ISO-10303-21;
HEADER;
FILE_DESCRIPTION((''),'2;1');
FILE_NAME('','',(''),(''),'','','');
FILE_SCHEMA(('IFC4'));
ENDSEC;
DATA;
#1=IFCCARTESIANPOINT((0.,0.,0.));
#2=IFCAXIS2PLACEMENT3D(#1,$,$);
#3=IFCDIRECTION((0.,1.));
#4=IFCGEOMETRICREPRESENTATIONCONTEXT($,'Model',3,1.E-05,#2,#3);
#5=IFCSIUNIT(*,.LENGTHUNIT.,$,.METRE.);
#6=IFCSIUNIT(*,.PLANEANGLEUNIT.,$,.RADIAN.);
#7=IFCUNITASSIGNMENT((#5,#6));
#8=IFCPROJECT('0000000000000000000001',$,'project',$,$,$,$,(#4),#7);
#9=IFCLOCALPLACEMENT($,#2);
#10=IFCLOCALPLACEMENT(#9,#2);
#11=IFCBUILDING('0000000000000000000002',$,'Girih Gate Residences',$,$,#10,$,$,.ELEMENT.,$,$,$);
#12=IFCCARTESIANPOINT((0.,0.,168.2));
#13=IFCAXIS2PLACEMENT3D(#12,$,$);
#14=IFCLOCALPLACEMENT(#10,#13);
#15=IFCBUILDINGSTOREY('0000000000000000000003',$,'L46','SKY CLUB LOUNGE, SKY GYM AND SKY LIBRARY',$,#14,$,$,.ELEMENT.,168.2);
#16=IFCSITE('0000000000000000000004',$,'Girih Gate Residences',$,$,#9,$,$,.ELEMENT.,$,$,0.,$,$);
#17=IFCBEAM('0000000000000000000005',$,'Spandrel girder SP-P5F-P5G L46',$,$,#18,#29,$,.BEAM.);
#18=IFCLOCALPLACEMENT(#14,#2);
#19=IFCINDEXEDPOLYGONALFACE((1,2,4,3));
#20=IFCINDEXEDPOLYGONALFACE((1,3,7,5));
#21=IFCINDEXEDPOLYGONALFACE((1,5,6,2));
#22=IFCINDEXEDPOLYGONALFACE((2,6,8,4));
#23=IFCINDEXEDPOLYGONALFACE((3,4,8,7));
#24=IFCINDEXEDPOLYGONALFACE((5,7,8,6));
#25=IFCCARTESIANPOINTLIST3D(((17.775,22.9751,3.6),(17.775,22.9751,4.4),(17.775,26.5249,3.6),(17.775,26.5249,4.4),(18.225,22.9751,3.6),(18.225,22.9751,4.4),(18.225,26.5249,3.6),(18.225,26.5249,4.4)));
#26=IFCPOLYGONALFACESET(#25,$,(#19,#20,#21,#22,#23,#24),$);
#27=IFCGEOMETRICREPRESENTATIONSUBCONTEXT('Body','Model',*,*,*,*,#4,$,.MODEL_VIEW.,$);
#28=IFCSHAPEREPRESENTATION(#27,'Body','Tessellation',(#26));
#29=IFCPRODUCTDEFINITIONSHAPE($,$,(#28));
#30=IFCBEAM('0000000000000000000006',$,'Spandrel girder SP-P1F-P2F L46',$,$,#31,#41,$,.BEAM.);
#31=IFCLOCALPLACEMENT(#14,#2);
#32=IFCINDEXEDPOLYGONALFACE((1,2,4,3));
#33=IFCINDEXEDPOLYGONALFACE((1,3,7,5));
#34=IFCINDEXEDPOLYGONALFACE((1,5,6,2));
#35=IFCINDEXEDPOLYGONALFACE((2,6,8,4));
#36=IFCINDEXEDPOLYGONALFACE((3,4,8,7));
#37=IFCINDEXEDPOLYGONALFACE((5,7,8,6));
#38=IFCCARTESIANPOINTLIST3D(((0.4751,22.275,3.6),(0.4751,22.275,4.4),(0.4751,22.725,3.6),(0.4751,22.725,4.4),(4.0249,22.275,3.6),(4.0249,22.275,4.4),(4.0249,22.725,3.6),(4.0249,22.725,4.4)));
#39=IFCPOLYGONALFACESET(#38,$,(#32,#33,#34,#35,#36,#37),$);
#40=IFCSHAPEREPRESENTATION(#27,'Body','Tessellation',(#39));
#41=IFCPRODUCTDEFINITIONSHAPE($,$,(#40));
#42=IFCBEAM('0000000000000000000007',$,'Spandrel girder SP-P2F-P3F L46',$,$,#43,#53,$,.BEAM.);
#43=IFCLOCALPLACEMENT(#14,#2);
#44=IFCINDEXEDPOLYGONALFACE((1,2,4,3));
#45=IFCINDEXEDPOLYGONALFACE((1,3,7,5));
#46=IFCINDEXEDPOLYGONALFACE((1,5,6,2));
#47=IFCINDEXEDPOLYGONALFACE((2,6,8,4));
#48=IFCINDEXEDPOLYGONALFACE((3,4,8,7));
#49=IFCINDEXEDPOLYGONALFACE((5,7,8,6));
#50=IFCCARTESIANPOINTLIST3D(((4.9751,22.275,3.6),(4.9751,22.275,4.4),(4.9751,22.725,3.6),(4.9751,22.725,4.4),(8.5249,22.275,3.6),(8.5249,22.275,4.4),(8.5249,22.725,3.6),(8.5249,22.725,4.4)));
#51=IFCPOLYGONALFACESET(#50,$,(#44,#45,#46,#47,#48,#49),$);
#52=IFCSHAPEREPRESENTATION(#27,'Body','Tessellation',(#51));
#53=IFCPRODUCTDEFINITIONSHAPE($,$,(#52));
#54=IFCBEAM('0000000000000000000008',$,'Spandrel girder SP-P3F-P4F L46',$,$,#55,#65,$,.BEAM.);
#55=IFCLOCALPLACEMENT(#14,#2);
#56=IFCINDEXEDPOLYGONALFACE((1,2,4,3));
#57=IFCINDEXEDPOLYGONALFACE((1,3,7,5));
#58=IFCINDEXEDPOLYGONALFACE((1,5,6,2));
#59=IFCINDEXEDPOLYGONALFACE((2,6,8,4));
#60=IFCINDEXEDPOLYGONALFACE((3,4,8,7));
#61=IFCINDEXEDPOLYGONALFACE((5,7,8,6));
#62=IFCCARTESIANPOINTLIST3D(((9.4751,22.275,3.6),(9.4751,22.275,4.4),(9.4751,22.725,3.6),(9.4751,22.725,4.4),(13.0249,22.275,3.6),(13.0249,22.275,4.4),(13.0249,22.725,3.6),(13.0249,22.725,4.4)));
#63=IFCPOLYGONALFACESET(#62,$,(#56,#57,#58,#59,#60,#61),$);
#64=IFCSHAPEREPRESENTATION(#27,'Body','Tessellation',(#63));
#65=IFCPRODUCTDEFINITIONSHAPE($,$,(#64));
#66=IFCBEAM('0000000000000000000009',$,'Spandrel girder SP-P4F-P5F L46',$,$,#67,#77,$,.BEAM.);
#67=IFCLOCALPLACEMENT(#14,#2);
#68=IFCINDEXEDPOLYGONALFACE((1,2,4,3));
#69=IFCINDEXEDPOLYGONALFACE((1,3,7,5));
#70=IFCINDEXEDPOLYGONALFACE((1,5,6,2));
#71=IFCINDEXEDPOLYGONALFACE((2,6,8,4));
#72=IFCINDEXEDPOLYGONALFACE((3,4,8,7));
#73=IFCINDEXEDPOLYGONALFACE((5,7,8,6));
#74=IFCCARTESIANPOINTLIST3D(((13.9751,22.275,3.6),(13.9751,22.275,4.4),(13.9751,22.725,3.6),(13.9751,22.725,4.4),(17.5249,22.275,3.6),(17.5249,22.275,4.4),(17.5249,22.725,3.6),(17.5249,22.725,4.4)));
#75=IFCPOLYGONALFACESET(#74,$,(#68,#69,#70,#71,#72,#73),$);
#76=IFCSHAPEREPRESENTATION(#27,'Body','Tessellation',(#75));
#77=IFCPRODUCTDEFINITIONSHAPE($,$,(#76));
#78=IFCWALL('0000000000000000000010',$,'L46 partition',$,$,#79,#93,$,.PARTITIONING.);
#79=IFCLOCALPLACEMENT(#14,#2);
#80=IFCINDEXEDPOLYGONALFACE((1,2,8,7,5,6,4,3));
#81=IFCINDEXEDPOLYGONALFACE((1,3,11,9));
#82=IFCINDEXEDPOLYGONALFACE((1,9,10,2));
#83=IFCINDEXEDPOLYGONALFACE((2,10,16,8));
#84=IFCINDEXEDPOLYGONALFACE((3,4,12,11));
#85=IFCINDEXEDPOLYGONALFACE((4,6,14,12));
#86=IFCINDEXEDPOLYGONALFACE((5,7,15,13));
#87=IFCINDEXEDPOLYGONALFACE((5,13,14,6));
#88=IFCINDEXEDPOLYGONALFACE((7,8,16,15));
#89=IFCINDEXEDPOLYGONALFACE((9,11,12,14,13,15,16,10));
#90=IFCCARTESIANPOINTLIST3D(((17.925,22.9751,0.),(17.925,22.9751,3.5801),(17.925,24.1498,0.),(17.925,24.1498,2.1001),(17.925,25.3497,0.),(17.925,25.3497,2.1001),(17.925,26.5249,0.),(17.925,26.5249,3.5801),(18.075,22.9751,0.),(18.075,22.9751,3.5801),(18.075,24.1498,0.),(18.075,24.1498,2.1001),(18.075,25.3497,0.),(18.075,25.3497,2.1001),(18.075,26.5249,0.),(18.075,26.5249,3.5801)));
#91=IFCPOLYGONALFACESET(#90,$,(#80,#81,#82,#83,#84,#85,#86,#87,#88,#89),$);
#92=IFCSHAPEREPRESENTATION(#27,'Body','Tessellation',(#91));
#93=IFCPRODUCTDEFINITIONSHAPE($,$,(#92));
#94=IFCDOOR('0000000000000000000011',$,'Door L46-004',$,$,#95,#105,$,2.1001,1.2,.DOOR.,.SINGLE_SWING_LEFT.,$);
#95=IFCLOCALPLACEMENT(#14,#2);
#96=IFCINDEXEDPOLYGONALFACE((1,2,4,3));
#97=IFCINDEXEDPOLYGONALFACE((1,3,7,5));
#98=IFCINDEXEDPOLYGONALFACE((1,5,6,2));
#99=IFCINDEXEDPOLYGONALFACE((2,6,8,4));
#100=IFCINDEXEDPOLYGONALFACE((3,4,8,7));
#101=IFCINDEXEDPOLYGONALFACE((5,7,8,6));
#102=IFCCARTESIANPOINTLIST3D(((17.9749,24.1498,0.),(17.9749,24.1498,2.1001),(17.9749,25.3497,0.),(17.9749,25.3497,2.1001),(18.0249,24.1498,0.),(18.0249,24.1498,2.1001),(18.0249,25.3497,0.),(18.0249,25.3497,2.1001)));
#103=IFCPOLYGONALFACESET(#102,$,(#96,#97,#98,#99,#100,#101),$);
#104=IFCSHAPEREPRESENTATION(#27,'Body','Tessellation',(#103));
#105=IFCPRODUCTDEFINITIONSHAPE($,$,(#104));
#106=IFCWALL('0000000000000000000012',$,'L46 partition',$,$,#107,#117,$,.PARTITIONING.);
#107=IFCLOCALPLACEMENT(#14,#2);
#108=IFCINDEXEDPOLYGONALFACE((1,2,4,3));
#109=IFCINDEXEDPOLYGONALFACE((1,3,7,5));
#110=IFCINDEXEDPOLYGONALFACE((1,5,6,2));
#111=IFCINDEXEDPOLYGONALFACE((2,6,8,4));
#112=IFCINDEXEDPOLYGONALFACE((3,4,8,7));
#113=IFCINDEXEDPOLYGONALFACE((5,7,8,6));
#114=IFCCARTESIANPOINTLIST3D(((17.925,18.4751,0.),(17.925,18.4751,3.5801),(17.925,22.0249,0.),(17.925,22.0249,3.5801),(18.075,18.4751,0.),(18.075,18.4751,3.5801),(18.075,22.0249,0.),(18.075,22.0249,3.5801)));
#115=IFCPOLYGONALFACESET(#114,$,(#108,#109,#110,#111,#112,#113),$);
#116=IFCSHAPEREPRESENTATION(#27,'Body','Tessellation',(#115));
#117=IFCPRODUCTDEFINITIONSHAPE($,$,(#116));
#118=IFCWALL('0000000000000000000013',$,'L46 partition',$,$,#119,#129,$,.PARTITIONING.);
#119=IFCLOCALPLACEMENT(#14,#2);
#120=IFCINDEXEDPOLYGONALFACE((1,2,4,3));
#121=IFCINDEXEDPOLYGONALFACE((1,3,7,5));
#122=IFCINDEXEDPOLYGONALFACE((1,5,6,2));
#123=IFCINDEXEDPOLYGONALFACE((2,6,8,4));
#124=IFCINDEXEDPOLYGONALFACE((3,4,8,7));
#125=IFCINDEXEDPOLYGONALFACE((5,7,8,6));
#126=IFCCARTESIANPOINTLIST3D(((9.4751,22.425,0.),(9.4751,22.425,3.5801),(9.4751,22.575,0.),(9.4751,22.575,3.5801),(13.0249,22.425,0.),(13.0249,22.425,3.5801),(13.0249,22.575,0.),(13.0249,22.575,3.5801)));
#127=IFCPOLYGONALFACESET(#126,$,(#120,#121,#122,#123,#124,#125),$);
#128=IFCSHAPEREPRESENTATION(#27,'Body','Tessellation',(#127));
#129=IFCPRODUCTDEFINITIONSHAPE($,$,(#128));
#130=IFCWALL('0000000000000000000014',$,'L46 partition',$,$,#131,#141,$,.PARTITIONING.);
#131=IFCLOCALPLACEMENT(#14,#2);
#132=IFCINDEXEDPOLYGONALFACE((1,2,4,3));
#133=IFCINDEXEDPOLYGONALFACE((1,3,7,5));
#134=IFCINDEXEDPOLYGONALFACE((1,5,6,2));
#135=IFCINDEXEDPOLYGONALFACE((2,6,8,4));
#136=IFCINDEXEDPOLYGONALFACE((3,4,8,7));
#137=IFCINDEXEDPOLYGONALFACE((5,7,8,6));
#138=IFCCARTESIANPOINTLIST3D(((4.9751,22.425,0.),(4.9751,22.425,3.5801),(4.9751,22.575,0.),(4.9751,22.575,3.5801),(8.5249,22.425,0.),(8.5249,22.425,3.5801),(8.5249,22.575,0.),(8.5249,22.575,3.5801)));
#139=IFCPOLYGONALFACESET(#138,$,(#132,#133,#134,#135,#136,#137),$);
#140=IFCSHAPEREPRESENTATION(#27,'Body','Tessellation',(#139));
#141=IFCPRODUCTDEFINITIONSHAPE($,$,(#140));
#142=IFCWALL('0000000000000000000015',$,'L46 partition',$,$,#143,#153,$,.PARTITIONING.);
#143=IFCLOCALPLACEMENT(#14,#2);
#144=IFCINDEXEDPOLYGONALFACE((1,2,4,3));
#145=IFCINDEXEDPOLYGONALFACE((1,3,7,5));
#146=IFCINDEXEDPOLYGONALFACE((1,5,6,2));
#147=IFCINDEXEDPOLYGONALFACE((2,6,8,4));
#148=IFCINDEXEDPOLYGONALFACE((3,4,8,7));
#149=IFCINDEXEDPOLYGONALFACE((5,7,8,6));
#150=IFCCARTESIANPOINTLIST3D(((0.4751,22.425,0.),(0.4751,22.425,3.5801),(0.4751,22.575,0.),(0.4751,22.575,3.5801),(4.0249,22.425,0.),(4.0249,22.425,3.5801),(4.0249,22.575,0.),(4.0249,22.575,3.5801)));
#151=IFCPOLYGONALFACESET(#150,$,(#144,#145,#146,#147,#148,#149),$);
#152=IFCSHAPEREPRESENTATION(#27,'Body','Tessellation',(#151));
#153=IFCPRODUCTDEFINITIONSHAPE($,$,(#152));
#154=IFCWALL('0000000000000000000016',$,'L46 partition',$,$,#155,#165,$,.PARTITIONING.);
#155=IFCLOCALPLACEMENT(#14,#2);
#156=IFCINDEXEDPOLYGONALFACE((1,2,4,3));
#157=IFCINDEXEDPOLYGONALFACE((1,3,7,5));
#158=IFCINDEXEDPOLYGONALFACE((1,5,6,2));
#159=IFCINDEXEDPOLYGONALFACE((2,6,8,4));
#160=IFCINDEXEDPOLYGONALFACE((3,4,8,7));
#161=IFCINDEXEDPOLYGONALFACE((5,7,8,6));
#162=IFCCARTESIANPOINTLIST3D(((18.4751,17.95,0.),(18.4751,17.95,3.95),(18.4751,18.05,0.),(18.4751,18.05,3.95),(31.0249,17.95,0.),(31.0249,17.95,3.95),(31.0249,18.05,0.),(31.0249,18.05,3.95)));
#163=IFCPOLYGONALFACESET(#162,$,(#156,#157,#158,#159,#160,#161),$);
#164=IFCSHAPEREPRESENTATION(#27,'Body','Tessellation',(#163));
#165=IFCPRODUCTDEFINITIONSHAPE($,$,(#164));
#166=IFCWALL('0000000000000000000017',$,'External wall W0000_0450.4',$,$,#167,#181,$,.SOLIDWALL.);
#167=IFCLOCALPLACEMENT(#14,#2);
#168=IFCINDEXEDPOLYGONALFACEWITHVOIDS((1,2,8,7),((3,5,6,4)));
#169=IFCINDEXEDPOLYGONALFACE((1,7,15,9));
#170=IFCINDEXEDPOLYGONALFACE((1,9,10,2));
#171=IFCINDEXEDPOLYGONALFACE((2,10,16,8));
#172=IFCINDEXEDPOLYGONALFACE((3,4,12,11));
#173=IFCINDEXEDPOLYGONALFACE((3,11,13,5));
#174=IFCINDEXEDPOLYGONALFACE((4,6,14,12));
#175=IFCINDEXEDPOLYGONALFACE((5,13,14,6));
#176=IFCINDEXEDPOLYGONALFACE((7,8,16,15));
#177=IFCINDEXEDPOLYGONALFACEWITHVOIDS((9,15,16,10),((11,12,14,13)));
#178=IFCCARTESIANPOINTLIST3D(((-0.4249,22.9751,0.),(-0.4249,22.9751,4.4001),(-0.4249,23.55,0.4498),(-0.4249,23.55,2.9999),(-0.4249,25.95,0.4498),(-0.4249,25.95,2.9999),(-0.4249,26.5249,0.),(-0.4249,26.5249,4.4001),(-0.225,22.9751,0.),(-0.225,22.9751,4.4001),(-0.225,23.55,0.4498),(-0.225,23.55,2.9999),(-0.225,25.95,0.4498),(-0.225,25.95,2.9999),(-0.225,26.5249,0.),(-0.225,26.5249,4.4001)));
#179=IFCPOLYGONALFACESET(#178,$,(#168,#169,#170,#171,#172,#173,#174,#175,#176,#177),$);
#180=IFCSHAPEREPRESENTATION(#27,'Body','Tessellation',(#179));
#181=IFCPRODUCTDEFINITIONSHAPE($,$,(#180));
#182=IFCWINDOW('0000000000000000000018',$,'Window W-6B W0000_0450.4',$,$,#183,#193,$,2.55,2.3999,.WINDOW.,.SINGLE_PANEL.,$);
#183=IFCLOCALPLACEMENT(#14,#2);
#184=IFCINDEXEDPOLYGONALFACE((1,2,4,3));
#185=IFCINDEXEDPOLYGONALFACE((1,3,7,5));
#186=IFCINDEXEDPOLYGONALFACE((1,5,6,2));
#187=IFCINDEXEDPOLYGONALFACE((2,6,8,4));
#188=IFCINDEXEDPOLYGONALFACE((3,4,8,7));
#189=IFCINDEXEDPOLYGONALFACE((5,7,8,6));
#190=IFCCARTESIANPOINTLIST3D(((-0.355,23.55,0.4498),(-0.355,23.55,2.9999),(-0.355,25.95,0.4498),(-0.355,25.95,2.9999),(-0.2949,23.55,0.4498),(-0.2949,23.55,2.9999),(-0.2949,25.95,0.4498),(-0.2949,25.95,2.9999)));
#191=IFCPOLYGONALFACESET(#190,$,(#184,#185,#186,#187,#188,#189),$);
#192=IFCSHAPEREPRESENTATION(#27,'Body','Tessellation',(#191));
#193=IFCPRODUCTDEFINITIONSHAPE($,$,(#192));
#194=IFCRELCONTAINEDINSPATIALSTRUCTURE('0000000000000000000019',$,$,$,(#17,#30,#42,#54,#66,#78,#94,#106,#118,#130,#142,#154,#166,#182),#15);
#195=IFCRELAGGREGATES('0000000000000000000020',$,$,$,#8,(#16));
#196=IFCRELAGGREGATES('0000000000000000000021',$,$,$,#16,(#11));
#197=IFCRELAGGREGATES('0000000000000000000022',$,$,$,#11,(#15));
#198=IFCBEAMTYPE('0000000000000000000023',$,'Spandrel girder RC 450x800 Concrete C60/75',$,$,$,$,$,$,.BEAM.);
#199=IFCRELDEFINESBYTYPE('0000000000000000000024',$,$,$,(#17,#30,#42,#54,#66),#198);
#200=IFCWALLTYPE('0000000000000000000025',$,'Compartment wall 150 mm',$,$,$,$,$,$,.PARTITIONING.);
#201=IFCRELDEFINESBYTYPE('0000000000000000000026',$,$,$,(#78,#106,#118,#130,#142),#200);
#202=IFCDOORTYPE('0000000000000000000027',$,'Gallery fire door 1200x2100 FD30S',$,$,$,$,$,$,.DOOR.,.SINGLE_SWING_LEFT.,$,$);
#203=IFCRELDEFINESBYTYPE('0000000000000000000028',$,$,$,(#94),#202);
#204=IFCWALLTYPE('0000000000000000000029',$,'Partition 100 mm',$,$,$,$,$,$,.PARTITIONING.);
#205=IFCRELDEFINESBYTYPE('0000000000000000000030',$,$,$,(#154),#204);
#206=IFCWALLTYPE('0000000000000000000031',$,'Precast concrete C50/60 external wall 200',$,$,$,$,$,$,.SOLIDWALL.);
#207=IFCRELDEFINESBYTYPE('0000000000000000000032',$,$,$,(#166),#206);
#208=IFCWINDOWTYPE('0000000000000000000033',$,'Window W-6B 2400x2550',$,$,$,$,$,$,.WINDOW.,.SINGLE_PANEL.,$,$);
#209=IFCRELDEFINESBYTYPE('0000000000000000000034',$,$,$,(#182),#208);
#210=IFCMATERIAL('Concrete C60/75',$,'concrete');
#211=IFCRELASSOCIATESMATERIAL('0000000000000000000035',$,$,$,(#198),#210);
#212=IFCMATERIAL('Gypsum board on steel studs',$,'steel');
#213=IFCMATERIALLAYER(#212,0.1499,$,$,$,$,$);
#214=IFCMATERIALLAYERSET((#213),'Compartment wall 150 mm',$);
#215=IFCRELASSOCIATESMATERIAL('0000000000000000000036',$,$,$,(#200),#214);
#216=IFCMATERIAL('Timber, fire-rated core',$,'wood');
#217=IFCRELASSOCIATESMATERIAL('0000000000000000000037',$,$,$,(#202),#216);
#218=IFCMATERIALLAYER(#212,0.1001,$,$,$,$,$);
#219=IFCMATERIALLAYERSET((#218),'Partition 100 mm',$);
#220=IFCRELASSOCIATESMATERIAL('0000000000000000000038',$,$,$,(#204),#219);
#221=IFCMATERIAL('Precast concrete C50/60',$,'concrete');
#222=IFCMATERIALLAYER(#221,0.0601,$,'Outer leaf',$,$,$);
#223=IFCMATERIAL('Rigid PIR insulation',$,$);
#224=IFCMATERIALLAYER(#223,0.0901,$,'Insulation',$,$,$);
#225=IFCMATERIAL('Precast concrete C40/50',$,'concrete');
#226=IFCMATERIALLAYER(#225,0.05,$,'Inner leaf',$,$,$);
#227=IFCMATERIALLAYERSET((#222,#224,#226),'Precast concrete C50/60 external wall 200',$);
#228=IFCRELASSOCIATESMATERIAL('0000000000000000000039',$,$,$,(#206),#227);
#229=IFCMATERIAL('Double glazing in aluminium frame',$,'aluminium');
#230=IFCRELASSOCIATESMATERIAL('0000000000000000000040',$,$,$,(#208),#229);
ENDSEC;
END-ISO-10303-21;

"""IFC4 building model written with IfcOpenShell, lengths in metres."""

from ifc_helpers import new_model, si_unit, direction, frame, frame_2d, origin, origin_2d, place, context, subcontext, project, spatial, rectangle, extrude, material, layer, layer_set, material_profile, profile_set, type_object, element, fill, save


model = new_model("IFC4")

# Units and contexts
model_context = context("Model", 3, precision=1e-05, world=origin(), true_north=direction((0.0, 1.0)))
body_context = subcontext(model_context, "Body", "Model", "MODEL_VIEW")
ifc_project = project(units=[si_unit("LENGTHUNIT", "METRE"), si_unit("PLANEANGLEUNIT", "RADIAN")], contexts=[model_context])

# Site, building, storey
site_placement = place(None, origin())
site = spatial("IfcSite", under=ifc_project, at=site_placement, Name="Girih Gate Residences", CompositionType="ELEMENT", RefElevation=0.0)
building_placement = place(site_placement, origin())
building = spatial("IfcBuilding", under=site, at=building_placement, Name="Girih Gate Residences", CompositionType="ELEMENT")
storey_placement = place(building_placement, frame((0.0, 0.0, 168.2)))
storey = spatial("IfcBuildingStorey", under=building, at=storey_placement, Name="L46", Description="SKY CLUB LOUNGE, SKY GYM AND SKY LIBRARY", CompositionType="ELEMENT", Elevation=168.2)

# Beams
ifc_material_1 = material(Name="Concrete C60/75", Category="concrete")
ifc_material_profile_1 = material_profile(ifc_material_1, rectangle(XDim=0.45, YDim=0.8, at=origin_2d()))
ifc_profile_set_1 = profile_set([ifc_material_profile_1], Name="Concrete C60/75")
beam_type = type_object("IfcBeamType", Name="Spandrel girder RC 450x800 Concrete C60/75", PredefinedType="BEAM", material=ifc_profile_set_1)
for number, where, z_axis, x_axis, name in (
    (1, (18.0, 22.9751, 4.0), (0.0, 1.0, 0.0), (-1.0, 0.0, 0.0), "Spandrel girder SP-P5F-P5G L46"),
    (2, (0.4751, 22.5, 4.0), (1.0, 0.0, 0.0), (0.0, 1.0, 0.0), "Spandrel girder SP-P1F-P2F L46"),
    (3, (4.9751, 22.5, 4.0), (1.0, 0.0, 0.0), (0.0, 1.0, 0.0), "Spandrel girder SP-P2F-P3F L46"),
    (4, (9.4751, 22.5, 4.0), (1.0, 0.0, 0.0), (0.0, 1.0, 0.0), "Spandrel girder SP-P3F-P4F L46"),
    (5, (13.9751, 22.5, 4.0), (1.0, 0.0, 0.0), (0.0, 1.0, 0.0), "Spandrel girder SP-P4F-P5F L46"),
):
    element("IfcBeam", number, at=place(storey_placement, frame(where, z_axis=z_axis, x_axis=x_axis)), inside=storey, type_object=beam_type, Name=name, PredefinedType="BEAM", context=body_context, shape_type="SweptSolid", body=[
        extrude(rectangle(XDim=0.45, YDim=0.8, at=origin_2d()), origin(), (0.0, 0.0, 1.0), 3.5498),
    ])

# Wall, opening, door
ifc_material_2 = material(Name="Gypsum board on steel studs", Category="steel")
ifc_layer_1 = layer(ifc_material_2, 0.1499)
ifc_layer_set_1 = layer_set([ifc_layer_1], Name="Compartment wall 150 mm")
wall_type_1 = type_object("IfcWallType", Name="Compartment wall 150 mm", PredefinedType="PARTITIONING", material=ifc_layer_set_1)
wall_1_placement = place(storey_placement, frame((18.0, 26.5249, 0.0), z_axis=(0.0, 0.0, 1.0), x_axis=(0.0, -1.0, 0.0)))
wall_1 = element("IfcWall", 6, at=wall_1_placement, inside=storey, type_object=wall_type_1, Name="L46 partition", PredefinedType="PARTITIONING", context=body_context, shape_type="SweptSolid", body=[
    extrude(rectangle(XDim=3.5498, YDim=0.1499, at=frame_2d((1.7749, 0.0))), origin(), (0.0, 0.0, 1.0), 3.5801),
])
opening_1_placement = place(wall_1_placement, frame((1.175, 0.0, 0.0)))
opening_1 = element("IfcOpeningElement", 7, at=opening_1_placement, cuts=wall_1, PredefinedType="OPENING", context=body_context, shape_type="SweptSolid", body=[
    extrude(rectangle(XDim=1.2, YDim=2.1001, at=frame_2d((0.6001, 1.05))), frame((0.0, 0.085, 0.0), z_axis=(0.0, -1.0, 0.0), x_axis=(1.0, 0.0, 0.0)), (0.0, 0.0, 1.0), 0.1699),
])
ifc_material_3 = material(Name="Timber, fire-rated core", Category="wood")
door_type = type_object("IfcDoorType", Name="Gallery fire door 1200x2100 FD30S", OperationType="SINGLE_SWING_LEFT", PredefinedType="DOOR", material=ifc_material_3)
door_placement = place(opening_1_placement, origin())
door = element("IfcDoor", 8, at=door_placement, inside=storey, type_object=door_type, Name="Door L46-004", OperationType="SINGLE_SWING_LEFT", OverallHeight=2.1001, OverallWidth=1.2, PredefinedType="DOOR", context=body_context, shape_type="SweptSolid", body=[
    extrude(rectangle(XDim=1.2, YDim=2.1001, at=frame_2d((0.6001, 1.05))), frame((0.0, 0.0249, 0.0), z_axis=(0.0, -1.0, 0.0), x_axis=(1.0, 0.0, 0.0)), (0.0, 0.0, 1.0), 0.05),
])
fill(opening_1, door)

# Walls
for number, where, z_axis, x_axis, name in (
    (9, (18.0, 18.4751, 0.0), (0.0, 0.0, 1.0), (0.0, 1.0, 0.0), "L46 partition"),
    (10, (9.4751, 22.5, 0.0), (0.0, 0.0, 1.0), (1.0, 0.0, 0.0), "L46 partition"),
    (11, (4.9751, 22.5, 0.0), (0.0, 0.0, 1.0), (1.0, 0.0, 0.0), "L46 partition"),
    (12, (0.4751, 22.5, 0.0), (0.0, 0.0, 1.0), (1.0, 0.0, 0.0), "L46 partition"),
):
    element("IfcWall", number, at=place(storey_placement, frame(where, z_axis=z_axis, x_axis=x_axis)), inside=storey, type_object=wall_type_1, Name=name, PredefinedType="PARTITIONING", context=body_context, shape_type="SweptSolid", body=[
        extrude(rectangle(XDim=3.5498, YDim=0.1499, at=frame_2d((1.7749, 0.0))), origin(), (0.0, 0.0, 1.0), 3.5801),
    ])
ifc_layer_2 = layer(ifc_material_2, 0.1001)
ifc_layer_set_2 = layer_set([ifc_layer_2], Name="Partition 100 mm")
wall_type_2 = type_object("IfcWallType", Name="Partition 100 mm", PredefinedType="PARTITIONING", material=ifc_layer_set_2)
wall_2_placement = place(storey_placement, frame((18.4751, 18.0, 0.0), z_axis=(0.0, 0.0, 1.0), x_axis=(1.0, 0.0, 0.0)))
element("IfcWall", 13, at=wall_2_placement, inside=storey, type_object=wall_type_2, Name="L46 partition", PredefinedType="PARTITIONING", context=body_context, shape_type="SweptSolid", body=[
    extrude(rectangle(XDim=12.5498, YDim=0.1001, at=frame_2d((6.2749, 0.0))), origin(), (0.0, 0.0, 1.0), 3.95),
])

# Wall, opening, window
ifc_material_4 = material(Name="Precast concrete C50/60", Category="concrete")
ifc_layer_3 = layer(ifc_material_4, 0.0601, Name="Outer leaf")
ifc_material_5 = material(Name="Rigid PIR insulation")
ifc_layer_4 = layer(ifc_material_5, 0.0901, Name="Insulation")
ifc_material_6 = material(Name="Precast concrete C40/50", Category="concrete")
ifc_layer_5 = layer(ifc_material_6, 0.05, Name="Inner leaf")
ifc_layer_set_3 = layer_set([ifc_layer_3, ifc_layer_4, ifc_layer_5], Name="Precast concrete C50/60 external wall 200")
wall_type_3 = type_object("IfcWallType", Name="Precast concrete C50/60 external wall 200", PredefinedType="SOLIDWALL", material=ifc_layer_set_3)
wall_3_placement = place(storey_placement, frame((-0.325, 22.9751, 0.0), z_axis=(0.0, 0.0, 1.0), x_axis=(0.0, 1.0, 0.0)))
wall_3 = element("IfcWall", 14, at=wall_3_placement, inside=storey, type_object=wall_type_3, Name="External wall W0000_0450.4", PredefinedType="SOLIDWALL", context=body_context, shape_type="SweptSolid", body=[
    extrude(rectangle(XDim=3.5498, YDim=0.2, at=frame_2d((1.7749, 0.0))), origin(), (0.0, 0.0, 1.0), 4.4001),
])
opening_2_placement = place(wall_3_placement, frame((0.575, 0.0, 0.45)))
opening_2 = element("IfcOpeningElement", 15, at=opening_2_placement, cuts=wall_3, PredefinedType="OPENING", context=body_context, shape_type="SweptSolid", body=[
    extrude(rectangle(XDim=2.3999, YDim=2.55, at=frame_2d((1.2, 1.2749))), frame((0.0, 0.1099, 0.0), z_axis=(0.0, -1.0, 0.0), x_axis=(1.0, 0.0, 0.0)), (0.0, 0.0, 1.0), 0.22),
])
ifc_material_7 = material(Name="Double glazing in aluminium frame", Category="aluminium")
window_type = type_object("IfcWindowType", Name="Window W-6B 2400x2550", PartitioningType="SINGLE_PANEL", PredefinedType="WINDOW", material=ifc_material_7)
window_1_placement = place(opening_2_placement, origin())
window_1 = element("IfcWindow", 16, at=window_1_placement, inside=storey, type_object=window_type, Name="Window W-6B W0000_0450.4", OverallHeight=2.55, OverallWidth=2.3999, PartitioningType="SINGLE_PANEL", PredefinedType="WINDOW", context=body_context, shape_type="SweptSolid", body=[
    extrude(rectangle(XDim=2.3999, YDim=2.55, at=frame_2d((1.2, 1.2749))), frame((0.0, 0.03, 0.0), z_axis=(0.0, -1.0, 0.0), x_axis=(1.0, 0.0, 0.0)), (0.0, 0.0, 1.0), 0.0601),
])
fill(opening_2, window_1)

save(model, "model.ifc")
